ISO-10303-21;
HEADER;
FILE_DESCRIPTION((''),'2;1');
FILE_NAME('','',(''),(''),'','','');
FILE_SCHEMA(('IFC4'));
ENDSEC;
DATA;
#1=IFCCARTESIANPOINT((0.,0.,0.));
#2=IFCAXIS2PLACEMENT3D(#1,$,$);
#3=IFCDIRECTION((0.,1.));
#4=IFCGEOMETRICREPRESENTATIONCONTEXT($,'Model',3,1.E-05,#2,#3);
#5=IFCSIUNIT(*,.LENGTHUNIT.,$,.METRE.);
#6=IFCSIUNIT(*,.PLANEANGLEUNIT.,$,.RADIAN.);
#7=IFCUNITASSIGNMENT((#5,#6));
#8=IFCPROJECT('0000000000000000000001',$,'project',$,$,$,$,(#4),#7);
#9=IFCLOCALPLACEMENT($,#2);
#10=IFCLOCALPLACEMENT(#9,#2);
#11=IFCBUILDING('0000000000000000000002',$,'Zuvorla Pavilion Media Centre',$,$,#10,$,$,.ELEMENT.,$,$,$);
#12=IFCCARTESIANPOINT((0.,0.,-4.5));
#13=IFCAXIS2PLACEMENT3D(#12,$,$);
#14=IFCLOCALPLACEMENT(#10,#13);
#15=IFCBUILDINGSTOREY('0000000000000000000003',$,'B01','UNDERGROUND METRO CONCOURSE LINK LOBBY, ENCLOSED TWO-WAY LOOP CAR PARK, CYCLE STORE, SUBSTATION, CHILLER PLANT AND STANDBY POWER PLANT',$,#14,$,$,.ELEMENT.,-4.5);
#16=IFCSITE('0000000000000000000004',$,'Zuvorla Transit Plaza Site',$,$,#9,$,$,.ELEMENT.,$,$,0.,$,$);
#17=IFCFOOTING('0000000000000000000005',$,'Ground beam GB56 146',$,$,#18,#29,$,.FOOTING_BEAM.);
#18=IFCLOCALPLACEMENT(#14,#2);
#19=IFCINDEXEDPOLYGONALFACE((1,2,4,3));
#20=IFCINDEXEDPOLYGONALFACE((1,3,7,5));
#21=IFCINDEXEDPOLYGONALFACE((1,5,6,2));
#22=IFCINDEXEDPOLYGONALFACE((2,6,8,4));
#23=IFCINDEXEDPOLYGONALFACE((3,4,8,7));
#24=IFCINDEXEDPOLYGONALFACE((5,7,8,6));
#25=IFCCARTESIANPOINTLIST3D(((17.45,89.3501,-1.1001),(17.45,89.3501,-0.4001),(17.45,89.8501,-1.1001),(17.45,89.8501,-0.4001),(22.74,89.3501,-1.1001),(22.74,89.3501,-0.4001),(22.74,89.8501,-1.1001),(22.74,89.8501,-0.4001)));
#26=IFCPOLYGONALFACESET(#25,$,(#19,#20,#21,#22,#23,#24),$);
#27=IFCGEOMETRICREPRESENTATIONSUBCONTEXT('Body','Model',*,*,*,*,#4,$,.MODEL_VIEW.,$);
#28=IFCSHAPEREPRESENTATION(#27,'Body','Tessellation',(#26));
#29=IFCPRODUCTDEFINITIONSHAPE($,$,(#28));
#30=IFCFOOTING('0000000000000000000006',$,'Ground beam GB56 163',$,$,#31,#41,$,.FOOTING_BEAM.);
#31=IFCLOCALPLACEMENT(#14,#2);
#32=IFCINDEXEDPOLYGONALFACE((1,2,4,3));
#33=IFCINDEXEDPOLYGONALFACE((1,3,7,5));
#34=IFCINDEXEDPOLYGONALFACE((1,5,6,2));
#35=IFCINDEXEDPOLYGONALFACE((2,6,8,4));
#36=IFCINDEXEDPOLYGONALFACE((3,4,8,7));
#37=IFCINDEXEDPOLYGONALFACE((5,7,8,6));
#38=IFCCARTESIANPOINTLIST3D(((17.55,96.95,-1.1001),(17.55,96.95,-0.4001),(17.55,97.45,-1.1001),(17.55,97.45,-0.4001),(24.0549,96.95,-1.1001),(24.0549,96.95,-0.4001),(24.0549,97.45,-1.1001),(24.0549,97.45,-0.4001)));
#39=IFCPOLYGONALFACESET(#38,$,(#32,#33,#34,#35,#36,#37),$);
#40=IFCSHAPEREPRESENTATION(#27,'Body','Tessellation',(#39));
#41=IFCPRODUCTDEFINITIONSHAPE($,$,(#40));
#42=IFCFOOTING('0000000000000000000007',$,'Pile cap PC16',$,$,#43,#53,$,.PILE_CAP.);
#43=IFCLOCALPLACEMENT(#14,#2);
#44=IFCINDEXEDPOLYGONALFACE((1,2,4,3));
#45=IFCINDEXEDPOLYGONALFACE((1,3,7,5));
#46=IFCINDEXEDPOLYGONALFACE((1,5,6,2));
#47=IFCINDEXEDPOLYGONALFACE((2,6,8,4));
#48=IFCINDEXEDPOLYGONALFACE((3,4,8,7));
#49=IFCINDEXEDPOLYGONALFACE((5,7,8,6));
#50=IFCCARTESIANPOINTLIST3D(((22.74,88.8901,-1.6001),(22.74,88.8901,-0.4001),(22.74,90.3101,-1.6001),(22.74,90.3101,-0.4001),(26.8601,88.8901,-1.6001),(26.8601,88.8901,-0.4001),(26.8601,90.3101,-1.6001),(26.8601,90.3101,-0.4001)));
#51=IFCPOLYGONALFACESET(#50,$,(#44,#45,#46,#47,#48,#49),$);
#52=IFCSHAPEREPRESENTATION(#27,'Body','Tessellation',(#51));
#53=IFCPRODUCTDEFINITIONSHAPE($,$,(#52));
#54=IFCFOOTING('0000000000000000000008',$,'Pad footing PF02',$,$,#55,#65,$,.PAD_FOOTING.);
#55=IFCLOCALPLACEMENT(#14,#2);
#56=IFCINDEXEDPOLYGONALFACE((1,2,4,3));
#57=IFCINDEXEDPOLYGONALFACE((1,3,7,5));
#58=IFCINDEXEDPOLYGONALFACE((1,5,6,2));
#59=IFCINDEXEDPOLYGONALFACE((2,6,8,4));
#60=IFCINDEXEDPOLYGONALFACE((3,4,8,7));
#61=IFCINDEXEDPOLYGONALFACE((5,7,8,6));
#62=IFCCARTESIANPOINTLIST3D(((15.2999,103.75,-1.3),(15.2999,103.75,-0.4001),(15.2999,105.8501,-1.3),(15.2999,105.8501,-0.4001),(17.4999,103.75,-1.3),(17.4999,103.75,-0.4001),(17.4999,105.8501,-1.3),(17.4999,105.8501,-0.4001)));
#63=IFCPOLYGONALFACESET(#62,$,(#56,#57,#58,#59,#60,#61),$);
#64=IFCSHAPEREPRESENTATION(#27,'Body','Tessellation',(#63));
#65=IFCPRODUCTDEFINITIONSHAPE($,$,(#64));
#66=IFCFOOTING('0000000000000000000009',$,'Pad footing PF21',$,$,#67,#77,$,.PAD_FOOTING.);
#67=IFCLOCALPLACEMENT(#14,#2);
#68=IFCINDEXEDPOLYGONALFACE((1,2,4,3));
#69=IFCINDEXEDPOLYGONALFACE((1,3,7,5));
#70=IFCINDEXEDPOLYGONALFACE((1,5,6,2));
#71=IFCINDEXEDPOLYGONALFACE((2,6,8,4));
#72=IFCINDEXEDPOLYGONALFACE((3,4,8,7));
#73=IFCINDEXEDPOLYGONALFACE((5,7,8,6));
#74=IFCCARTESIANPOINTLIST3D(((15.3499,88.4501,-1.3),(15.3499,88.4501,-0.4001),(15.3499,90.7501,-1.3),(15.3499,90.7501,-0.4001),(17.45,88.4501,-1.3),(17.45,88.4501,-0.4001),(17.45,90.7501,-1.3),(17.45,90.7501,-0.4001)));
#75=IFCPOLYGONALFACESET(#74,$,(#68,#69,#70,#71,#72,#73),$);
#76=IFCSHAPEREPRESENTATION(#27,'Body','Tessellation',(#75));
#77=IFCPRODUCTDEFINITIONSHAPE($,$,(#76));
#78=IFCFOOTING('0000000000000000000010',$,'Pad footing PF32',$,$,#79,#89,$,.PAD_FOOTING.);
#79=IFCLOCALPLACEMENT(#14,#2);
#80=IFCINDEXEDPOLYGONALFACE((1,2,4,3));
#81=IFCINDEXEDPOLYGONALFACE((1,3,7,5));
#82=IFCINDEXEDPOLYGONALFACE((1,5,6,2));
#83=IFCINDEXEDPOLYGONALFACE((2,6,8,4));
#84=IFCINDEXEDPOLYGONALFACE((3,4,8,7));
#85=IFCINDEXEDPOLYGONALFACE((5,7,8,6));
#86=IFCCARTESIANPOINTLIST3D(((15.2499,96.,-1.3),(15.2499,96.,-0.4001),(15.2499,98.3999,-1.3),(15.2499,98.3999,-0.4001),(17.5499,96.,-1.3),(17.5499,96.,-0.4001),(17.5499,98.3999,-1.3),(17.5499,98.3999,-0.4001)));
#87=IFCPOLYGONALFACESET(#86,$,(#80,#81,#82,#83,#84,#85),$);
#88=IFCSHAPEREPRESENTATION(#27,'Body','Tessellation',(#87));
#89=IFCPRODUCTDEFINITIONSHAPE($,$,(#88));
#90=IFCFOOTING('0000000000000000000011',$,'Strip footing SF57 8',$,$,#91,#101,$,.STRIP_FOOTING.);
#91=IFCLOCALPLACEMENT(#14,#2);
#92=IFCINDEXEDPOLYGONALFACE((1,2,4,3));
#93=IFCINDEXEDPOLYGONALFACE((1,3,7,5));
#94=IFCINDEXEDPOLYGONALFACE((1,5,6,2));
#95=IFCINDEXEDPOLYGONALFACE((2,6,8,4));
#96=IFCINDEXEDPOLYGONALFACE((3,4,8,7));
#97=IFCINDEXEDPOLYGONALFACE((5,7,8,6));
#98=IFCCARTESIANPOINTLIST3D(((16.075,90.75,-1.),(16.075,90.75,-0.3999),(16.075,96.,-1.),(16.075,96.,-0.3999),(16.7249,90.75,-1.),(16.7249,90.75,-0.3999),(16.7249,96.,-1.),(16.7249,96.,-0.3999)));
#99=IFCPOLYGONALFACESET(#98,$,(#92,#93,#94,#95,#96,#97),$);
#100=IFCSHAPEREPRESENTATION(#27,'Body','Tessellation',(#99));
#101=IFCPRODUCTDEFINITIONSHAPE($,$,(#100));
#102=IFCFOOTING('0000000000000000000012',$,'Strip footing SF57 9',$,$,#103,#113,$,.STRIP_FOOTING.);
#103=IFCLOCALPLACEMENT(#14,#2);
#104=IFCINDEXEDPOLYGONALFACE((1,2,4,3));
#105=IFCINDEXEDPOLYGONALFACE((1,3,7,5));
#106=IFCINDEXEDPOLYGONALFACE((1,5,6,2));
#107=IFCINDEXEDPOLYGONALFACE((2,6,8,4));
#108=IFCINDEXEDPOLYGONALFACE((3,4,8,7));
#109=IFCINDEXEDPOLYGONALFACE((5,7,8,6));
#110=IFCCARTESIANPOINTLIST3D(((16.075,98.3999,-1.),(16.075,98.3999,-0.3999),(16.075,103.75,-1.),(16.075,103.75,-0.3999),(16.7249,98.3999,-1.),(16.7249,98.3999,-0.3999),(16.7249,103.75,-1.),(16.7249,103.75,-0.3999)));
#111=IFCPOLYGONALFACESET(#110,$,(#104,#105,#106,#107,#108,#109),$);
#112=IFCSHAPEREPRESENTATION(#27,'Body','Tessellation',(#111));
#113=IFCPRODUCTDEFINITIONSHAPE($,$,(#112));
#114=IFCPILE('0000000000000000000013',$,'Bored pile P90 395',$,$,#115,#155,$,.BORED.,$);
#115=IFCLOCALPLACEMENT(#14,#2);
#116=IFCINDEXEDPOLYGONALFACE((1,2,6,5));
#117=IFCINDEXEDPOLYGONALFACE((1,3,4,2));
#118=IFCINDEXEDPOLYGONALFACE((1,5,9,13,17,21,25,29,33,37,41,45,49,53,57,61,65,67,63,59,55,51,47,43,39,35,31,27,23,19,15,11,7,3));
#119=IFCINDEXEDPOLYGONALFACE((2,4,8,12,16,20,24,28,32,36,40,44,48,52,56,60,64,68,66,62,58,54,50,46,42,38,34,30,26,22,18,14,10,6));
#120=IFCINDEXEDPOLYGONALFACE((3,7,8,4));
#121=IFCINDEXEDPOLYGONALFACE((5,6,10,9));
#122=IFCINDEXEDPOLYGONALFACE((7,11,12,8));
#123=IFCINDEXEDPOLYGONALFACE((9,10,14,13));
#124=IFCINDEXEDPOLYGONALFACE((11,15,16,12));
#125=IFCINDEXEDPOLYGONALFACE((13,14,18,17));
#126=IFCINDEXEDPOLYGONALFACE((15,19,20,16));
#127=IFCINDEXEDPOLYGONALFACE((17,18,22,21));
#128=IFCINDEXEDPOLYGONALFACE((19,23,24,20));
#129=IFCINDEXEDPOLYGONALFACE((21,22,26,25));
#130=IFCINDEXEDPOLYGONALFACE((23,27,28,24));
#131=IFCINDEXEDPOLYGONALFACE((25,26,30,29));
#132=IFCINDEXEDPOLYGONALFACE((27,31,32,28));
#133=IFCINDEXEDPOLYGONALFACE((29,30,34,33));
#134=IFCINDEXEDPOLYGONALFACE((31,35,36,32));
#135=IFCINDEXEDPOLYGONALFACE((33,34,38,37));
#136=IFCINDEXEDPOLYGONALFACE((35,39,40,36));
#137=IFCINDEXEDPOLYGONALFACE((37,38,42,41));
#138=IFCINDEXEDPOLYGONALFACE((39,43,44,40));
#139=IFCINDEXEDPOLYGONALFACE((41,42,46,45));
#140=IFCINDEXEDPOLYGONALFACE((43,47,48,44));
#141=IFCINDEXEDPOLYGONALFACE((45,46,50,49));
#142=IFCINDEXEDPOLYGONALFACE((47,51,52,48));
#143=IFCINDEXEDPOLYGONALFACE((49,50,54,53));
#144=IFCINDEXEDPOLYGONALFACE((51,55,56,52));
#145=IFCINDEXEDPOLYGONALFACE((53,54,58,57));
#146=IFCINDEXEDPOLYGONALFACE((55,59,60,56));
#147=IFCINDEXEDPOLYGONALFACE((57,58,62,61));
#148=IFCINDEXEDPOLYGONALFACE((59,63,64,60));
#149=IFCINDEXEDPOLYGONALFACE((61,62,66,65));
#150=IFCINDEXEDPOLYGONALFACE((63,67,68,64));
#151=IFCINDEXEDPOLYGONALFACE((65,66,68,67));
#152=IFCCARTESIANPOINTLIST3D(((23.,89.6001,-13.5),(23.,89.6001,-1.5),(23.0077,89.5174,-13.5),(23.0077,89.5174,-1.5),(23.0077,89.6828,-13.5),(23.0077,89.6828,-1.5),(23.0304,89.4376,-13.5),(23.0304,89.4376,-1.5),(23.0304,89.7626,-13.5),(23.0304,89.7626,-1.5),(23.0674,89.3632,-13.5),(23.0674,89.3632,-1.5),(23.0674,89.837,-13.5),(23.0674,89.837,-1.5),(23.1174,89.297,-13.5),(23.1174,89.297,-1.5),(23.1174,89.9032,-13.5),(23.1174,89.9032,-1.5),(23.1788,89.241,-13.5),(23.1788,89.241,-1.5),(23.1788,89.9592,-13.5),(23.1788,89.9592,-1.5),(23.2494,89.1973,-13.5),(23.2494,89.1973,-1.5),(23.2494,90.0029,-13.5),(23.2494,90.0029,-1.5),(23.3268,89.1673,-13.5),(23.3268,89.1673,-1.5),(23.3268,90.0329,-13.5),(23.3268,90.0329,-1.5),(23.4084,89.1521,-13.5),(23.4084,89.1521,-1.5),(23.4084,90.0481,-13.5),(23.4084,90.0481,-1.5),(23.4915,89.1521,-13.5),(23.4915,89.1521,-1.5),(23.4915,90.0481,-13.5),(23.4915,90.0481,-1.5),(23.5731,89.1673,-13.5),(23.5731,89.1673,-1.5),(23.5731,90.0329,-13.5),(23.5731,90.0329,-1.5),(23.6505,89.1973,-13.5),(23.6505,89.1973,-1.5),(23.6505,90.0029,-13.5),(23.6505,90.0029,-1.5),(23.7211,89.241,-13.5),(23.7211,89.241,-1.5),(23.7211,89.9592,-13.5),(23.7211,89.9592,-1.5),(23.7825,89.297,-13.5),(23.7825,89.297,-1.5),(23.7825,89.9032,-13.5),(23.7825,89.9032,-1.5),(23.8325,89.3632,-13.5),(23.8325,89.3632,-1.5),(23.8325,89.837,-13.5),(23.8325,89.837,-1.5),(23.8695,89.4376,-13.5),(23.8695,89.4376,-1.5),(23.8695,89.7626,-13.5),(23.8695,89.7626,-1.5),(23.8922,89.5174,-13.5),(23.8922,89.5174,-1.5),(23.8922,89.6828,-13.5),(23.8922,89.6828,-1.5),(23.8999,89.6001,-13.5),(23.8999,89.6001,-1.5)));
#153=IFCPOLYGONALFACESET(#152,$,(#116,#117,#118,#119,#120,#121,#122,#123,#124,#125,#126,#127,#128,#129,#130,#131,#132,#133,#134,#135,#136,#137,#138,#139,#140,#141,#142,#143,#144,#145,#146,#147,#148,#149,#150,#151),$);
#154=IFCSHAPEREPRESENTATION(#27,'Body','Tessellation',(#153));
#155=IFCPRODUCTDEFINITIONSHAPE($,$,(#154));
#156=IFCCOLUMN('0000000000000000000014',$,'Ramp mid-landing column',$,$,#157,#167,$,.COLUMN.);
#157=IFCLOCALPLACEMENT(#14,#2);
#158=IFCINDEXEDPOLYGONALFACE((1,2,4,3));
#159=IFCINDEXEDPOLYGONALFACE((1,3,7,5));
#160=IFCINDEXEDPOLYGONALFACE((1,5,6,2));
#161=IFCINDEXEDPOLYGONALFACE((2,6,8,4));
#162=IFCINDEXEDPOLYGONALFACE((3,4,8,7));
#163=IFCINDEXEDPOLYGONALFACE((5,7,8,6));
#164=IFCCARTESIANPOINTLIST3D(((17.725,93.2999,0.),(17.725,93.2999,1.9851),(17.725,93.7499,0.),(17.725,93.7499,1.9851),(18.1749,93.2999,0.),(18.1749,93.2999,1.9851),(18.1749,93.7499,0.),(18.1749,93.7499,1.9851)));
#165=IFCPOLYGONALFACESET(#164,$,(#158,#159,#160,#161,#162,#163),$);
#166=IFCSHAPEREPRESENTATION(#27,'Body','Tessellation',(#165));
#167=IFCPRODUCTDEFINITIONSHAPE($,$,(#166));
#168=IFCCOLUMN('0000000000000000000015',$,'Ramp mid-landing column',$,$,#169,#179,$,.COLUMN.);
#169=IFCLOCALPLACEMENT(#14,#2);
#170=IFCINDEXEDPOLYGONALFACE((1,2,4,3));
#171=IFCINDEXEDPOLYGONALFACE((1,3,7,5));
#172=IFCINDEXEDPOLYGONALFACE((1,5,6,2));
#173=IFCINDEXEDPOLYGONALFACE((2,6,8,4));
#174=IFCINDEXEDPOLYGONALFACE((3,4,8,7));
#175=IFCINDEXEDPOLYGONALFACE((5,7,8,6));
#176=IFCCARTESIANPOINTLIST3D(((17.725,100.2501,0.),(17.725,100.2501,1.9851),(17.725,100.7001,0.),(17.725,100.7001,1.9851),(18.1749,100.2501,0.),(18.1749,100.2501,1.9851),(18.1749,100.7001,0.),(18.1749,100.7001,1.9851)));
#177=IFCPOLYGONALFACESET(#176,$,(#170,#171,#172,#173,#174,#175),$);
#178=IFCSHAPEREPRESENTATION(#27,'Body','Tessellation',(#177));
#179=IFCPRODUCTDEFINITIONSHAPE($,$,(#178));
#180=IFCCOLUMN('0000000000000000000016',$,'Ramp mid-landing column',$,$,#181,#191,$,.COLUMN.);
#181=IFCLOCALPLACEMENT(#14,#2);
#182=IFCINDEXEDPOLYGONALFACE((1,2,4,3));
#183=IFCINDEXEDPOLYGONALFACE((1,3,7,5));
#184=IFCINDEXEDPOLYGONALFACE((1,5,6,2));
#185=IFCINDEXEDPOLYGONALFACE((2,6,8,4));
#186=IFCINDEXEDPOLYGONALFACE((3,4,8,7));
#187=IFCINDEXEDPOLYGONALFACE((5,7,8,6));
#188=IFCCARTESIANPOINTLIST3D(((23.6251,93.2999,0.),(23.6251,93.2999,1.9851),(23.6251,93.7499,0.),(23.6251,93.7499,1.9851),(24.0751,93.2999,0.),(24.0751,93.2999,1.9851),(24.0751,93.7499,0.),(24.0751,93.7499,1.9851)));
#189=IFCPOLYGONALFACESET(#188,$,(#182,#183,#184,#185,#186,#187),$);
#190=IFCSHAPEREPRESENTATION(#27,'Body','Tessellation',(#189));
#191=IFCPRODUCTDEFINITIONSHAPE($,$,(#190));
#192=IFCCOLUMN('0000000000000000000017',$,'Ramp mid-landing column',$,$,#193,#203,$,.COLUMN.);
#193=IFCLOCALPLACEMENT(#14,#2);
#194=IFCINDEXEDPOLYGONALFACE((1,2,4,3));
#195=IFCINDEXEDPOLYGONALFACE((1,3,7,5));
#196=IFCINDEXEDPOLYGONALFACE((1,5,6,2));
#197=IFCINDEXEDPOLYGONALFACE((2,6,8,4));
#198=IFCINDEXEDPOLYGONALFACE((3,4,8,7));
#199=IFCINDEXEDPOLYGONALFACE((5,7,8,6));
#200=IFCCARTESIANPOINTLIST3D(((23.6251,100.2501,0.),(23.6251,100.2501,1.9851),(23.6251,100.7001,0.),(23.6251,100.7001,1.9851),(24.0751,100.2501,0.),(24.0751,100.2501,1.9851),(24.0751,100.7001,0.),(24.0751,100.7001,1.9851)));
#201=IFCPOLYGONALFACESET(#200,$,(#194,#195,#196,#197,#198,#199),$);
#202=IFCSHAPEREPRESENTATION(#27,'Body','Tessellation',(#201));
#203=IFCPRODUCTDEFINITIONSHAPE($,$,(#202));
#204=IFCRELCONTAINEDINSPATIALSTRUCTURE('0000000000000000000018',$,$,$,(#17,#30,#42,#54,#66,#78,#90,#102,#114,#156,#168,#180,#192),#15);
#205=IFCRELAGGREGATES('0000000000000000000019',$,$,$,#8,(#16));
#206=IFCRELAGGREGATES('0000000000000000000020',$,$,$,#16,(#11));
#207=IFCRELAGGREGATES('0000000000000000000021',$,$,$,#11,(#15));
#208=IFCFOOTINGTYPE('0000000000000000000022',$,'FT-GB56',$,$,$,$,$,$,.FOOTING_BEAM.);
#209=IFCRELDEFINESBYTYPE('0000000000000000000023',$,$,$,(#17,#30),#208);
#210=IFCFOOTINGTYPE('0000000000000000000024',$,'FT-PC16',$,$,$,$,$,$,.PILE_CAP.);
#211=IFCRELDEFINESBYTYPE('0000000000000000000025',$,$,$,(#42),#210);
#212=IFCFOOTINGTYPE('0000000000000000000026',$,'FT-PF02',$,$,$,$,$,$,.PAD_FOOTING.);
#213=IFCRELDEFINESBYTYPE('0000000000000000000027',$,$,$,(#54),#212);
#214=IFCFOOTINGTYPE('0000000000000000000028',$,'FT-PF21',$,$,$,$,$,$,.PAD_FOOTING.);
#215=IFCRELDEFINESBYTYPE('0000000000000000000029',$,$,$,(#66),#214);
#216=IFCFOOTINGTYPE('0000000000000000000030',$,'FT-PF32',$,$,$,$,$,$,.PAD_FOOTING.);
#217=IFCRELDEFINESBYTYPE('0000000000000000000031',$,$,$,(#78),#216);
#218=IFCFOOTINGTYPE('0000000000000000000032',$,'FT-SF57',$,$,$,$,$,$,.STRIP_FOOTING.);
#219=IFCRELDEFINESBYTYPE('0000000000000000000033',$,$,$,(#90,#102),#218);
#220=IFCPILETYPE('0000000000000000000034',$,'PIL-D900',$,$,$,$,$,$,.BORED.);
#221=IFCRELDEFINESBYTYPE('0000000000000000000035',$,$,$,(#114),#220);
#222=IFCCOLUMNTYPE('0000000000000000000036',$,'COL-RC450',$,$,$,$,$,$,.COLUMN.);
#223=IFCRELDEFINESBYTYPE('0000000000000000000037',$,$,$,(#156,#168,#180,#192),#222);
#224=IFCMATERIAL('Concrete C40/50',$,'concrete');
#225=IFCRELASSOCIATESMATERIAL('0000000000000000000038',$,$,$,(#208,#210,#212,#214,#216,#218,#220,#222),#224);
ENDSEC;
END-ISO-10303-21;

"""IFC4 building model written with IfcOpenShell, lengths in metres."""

from ifc_helpers import new_model, si_unit, direction, frame, origin, origin_2d, place, context, subcontext, project, spatial, rectangle, circle, extrude, material, material_profile, profile_set, type_object, element, save


model = new_model("IFC4")

# Units and contexts
model_context = context("Model", 3, precision=1e-05, world=origin(), true_north=direction((0.0, 1.0)))
body_context = subcontext(model_context, "Body", "Model", "MODEL_VIEW")
ifc_project = project(units=[si_unit("LENGTHUNIT", "METRE"), si_unit("PLANEANGLEUNIT", "RADIAN")], contexts=[model_context])

# Site, building, storey
site_placement = place(None, origin())
site = spatial("IfcSite", under=ifc_project, at=site_placement, Name="Zuvorla Transit Plaza Site", CompositionType="ELEMENT", RefElevation=0.0)
building_placement = place(site_placement, origin())
building = spatial("IfcBuilding", under=site, at=building_placement, Name="Zuvorla Pavilion Media Centre", CompositionType="ELEMENT")
storey_placement = place(building_placement, frame((0.0, 0.0, -4.5)))
storey = spatial("IfcBuildingStorey", under=building, at=storey_placement, Name="B01", Description="UNDERGROUND METRO CONCOURSE LINK LOBBY, ENCLOSED TWO-WAY LOOP CAR PARK, CYCLE STORE, SUBSTATION, CHILLER PLANT AND STANDBY POWER PLANT", CompositionType="ELEMENT", Elevation=-4.5)

# Footings
ifc_material_1 = material(Name="Concrete C40/50", Category="concrete")
footing_type_1 = type_object("IfcFootingType", Name="FT-GB56", PredefinedType="FOOTING_BEAM", material=ifc_material_1)
footing_1_placement = place(storey_placement, frame((20.095, 89.6001, -1.1001), z_axis=(0.0, 0.0, 1.0), x_axis=(1.0, 0.0, 0.0)))
element("IfcFooting", 1, at=footing_1_placement, inside=storey, type_object=footing_type_1, Name="Ground beam GB56 146", PredefinedType="FOOTING_BEAM", context=body_context, shape_type="SweptSolid", body=[
    extrude(rectangle(XDim=5.29, YDim=0.5, at=origin_2d()), origin(), (0.0, 0.0, 1.0), 0.7),
])
footing_2_placement = place(storey_placement, frame((20.8025, 97.2, -1.1001), z_axis=(0.0, 0.0, 1.0), x_axis=(1.0, 0.0, 0.0)))
element("IfcFooting", 2, at=footing_2_placement, inside=storey, type_object=footing_type_1, Name="Ground beam GB56 163", PredefinedType="FOOTING_BEAM", context=body_context, shape_type="SweptSolid", body=[
    extrude(rectangle(XDim=6.5049, YDim=0.5, at=origin_2d()), origin(), (0.0, 0.0, 1.0), 0.7),
])
footing_type_2 = type_object("IfcFootingType", Name="FT-PC16", PredefinedType="PILE_CAP", material=ifc_material_1)
footing_3_placement = place(storey_placement, frame((24.8, 89.6001, -1.6001), z_axis=(0.0, 0.0, 1.0), x_axis=(1.0, 0.0, 0.0)))
element("IfcFooting", 3, at=footing_3_placement, inside=storey, type_object=footing_type_2, Name="Pile cap PC16", PredefinedType="PILE_CAP", context=body_context, shape_type="SweptSolid", body=[
    extrude(rectangle(XDim=4.1201, YDim=1.4199, at=origin_2d()), origin(), (0.0, 0.0, 1.0), 1.2),
])
footing_type_3 = type_object("IfcFootingType", Name="FT-PF02", PredefinedType="PAD_FOOTING", material=ifc_material_1)
footing_4_placement = place(storey_placement, frame((16.3999, 104.8, -1.3), z_axis=(0.0, 0.0, 1.0), x_axis=(1.0, 0.0, 0.0)))
element("IfcFooting", 4, at=footing_4_placement, inside=storey, type_object=footing_type_3, Name="Pad footing PF02", PredefinedType="PAD_FOOTING", context=body_context, shape_type="SweptSolid", body=[
    extrude(rectangle(XDim=2.2, YDim=2.1001, at=origin_2d()), origin(), (0.0, 0.0, 1.0), 0.8999),
])
footing_type_4 = type_object("IfcFootingType", Name="FT-PF21", PredefinedType="PAD_FOOTING", material=ifc_material_1)
footing_5_placement = place(storey_placement, frame((16.3999, 89.6001, -1.3), z_axis=(0.0, 0.0, 1.0), x_axis=(1.0, 0.0, 0.0)))
element("IfcFooting", 5, at=footing_5_placement, inside=storey, type_object=footing_type_4, Name="Pad footing PF21", PredefinedType="PAD_FOOTING", context=body_context, shape_type="SweptSolid", body=[
    extrude(rectangle(XDim=2.1001, YDim=2.3, at=origin_2d()), origin(), (0.0, 0.0, 1.0), 0.8999),
])
footing_type_5 = type_object("IfcFootingType", Name="FT-PF32", PredefinedType="PAD_FOOTING", material=ifc_material_1)
footing_6_placement = place(storey_placement, frame((16.3999, 97.2, -1.3), z_axis=(0.0, 0.0, 1.0), x_axis=(1.0, 0.0, 0.0)))
element("IfcFooting", 6, at=footing_6_placement, inside=storey, type_object=footing_type_5, Name="Pad footing PF32", PredefinedType="PAD_FOOTING", context=body_context, shape_type="SweptSolid", body=[
    extrude(rectangle(XDim=2.3, YDim=2.3999, at=origin_2d()), origin(), (0.0, 0.0, 1.0), 0.8999),
])
footing_type_6 = type_object("IfcFootingType", Name="FT-SF57", PredefinedType="STRIP_FOOTING", material=ifc_material_1)
footing_7_placement = place(storey_placement, frame((16.3999, 93.375, -1.0), z_axis=(0.0, 0.0, 1.0), x_axis=(0.0, 1.0, 0.0)))
element("IfcFooting", 7, at=footing_7_placement, inside=storey, type_object=footing_type_6, Name="Strip footing SF57 8", PredefinedType="STRIP_FOOTING", context=body_context, shape_type="SweptSolid", body=[
    extrude(rectangle(XDim=5.25, YDim=0.6499, at=origin_2d()), origin(), (0.0, 0.0, 1.0), 0.6001),
])
footing_8_placement = place(storey_placement, frame((16.3999, 101.075, -1.0), z_axis=(0.0, 0.0, 1.0), x_axis=(0.0, 1.0, 0.0)))
element("IfcFooting", 8, at=footing_8_placement, inside=storey, type_object=footing_type_6, Name="Strip footing SF57 9", PredefinedType="STRIP_FOOTING", context=body_context, shape_type="SweptSolid", body=[
    extrude(rectangle(XDim=5.3501, YDim=0.6499, at=origin_2d()), origin(), (0.0, 0.0, 1.0), 0.6001),
])

# Pile
ifc_material_profile_1 = material_profile(ifc_material_1, circle(Radius=0.45, at=origin_2d()), Name="BORED PILE 900")
ifc_profile_set_1 = profile_set([ifc_material_profile_1], Name="Concrete C40/50")
pile_type = type_object("IfcPileType", Name="PIL-D900", PredefinedType="BORED", material=ifc_profile_set_1)
pile_placement = place(storey_placement, frame((23.45, 89.6001, -1.5), z_axis=(0.0, 0.0, -1.0), x_axis=(1.0, 0.0, 0.0)))
element("IfcPile", 9, at=pile_placement, inside=storey, type_object=pile_type, Name="Bored pile P90 395", PredefinedType="BORED", context=body_context, shape_type="SweptSolid", body=[
    extrude(circle(Radius=0.45, at=origin_2d()), origin(), (0.0, 0.0, 1.0), 12.0),
])

# Columns
ifc_material_profile_2 = material_profile(ifc_material_1, rectangle(XDim=0.45, YDim=0.45, at=origin_2d()), Name="RC 450x450")
ifc_profile_set_2 = profile_set([ifc_material_profile_2], Name="Concrete C40/50")
column_type_1 = type_object("IfcColumnType", Name="COL-RC450", PredefinedType="COLUMN", material=ifc_profile_set_2)
for number, where, z_axis, x_axis, name in (
    (10, (17.95, 93.5249, 0.0), (0.0, 0.0, 1.0), (1.0, 0.0, 0.0), "Ramp mid-landing column"),
    (11, (17.95, 100.4751, 0.0), (0.0, 0.0, 1.0), (1.0, 0.0, 0.0), "Ramp mid-landing column"),
    (12, (23.8501, 93.5249, 0.0), (0.0, 0.0, 1.0), (1.0, 0.0, 0.0), "Ramp mid-landing column"),
    (13, (23.8501, 100.4751, 0.0), (0.0, 0.0, 1.0), (1.0, 0.0, 0.0), "Ramp mid-landing column"),
):
    element("IfcColumn", number, at=place(storey_placement, frame(where, z_axis=z_axis, x_axis=x_axis)), inside=storey, type_object=column_type_1, Name=name, PredefinedType="COLUMN", context=body_context, shape_type="SweptSolid", body=[
        extrude(rectangle(XDim=0.45, YDim=0.45, at=origin_2d()), origin(), (0.0, 0.0, 1.0), 1.9851),
    ])

save(model, "model.ifc")
